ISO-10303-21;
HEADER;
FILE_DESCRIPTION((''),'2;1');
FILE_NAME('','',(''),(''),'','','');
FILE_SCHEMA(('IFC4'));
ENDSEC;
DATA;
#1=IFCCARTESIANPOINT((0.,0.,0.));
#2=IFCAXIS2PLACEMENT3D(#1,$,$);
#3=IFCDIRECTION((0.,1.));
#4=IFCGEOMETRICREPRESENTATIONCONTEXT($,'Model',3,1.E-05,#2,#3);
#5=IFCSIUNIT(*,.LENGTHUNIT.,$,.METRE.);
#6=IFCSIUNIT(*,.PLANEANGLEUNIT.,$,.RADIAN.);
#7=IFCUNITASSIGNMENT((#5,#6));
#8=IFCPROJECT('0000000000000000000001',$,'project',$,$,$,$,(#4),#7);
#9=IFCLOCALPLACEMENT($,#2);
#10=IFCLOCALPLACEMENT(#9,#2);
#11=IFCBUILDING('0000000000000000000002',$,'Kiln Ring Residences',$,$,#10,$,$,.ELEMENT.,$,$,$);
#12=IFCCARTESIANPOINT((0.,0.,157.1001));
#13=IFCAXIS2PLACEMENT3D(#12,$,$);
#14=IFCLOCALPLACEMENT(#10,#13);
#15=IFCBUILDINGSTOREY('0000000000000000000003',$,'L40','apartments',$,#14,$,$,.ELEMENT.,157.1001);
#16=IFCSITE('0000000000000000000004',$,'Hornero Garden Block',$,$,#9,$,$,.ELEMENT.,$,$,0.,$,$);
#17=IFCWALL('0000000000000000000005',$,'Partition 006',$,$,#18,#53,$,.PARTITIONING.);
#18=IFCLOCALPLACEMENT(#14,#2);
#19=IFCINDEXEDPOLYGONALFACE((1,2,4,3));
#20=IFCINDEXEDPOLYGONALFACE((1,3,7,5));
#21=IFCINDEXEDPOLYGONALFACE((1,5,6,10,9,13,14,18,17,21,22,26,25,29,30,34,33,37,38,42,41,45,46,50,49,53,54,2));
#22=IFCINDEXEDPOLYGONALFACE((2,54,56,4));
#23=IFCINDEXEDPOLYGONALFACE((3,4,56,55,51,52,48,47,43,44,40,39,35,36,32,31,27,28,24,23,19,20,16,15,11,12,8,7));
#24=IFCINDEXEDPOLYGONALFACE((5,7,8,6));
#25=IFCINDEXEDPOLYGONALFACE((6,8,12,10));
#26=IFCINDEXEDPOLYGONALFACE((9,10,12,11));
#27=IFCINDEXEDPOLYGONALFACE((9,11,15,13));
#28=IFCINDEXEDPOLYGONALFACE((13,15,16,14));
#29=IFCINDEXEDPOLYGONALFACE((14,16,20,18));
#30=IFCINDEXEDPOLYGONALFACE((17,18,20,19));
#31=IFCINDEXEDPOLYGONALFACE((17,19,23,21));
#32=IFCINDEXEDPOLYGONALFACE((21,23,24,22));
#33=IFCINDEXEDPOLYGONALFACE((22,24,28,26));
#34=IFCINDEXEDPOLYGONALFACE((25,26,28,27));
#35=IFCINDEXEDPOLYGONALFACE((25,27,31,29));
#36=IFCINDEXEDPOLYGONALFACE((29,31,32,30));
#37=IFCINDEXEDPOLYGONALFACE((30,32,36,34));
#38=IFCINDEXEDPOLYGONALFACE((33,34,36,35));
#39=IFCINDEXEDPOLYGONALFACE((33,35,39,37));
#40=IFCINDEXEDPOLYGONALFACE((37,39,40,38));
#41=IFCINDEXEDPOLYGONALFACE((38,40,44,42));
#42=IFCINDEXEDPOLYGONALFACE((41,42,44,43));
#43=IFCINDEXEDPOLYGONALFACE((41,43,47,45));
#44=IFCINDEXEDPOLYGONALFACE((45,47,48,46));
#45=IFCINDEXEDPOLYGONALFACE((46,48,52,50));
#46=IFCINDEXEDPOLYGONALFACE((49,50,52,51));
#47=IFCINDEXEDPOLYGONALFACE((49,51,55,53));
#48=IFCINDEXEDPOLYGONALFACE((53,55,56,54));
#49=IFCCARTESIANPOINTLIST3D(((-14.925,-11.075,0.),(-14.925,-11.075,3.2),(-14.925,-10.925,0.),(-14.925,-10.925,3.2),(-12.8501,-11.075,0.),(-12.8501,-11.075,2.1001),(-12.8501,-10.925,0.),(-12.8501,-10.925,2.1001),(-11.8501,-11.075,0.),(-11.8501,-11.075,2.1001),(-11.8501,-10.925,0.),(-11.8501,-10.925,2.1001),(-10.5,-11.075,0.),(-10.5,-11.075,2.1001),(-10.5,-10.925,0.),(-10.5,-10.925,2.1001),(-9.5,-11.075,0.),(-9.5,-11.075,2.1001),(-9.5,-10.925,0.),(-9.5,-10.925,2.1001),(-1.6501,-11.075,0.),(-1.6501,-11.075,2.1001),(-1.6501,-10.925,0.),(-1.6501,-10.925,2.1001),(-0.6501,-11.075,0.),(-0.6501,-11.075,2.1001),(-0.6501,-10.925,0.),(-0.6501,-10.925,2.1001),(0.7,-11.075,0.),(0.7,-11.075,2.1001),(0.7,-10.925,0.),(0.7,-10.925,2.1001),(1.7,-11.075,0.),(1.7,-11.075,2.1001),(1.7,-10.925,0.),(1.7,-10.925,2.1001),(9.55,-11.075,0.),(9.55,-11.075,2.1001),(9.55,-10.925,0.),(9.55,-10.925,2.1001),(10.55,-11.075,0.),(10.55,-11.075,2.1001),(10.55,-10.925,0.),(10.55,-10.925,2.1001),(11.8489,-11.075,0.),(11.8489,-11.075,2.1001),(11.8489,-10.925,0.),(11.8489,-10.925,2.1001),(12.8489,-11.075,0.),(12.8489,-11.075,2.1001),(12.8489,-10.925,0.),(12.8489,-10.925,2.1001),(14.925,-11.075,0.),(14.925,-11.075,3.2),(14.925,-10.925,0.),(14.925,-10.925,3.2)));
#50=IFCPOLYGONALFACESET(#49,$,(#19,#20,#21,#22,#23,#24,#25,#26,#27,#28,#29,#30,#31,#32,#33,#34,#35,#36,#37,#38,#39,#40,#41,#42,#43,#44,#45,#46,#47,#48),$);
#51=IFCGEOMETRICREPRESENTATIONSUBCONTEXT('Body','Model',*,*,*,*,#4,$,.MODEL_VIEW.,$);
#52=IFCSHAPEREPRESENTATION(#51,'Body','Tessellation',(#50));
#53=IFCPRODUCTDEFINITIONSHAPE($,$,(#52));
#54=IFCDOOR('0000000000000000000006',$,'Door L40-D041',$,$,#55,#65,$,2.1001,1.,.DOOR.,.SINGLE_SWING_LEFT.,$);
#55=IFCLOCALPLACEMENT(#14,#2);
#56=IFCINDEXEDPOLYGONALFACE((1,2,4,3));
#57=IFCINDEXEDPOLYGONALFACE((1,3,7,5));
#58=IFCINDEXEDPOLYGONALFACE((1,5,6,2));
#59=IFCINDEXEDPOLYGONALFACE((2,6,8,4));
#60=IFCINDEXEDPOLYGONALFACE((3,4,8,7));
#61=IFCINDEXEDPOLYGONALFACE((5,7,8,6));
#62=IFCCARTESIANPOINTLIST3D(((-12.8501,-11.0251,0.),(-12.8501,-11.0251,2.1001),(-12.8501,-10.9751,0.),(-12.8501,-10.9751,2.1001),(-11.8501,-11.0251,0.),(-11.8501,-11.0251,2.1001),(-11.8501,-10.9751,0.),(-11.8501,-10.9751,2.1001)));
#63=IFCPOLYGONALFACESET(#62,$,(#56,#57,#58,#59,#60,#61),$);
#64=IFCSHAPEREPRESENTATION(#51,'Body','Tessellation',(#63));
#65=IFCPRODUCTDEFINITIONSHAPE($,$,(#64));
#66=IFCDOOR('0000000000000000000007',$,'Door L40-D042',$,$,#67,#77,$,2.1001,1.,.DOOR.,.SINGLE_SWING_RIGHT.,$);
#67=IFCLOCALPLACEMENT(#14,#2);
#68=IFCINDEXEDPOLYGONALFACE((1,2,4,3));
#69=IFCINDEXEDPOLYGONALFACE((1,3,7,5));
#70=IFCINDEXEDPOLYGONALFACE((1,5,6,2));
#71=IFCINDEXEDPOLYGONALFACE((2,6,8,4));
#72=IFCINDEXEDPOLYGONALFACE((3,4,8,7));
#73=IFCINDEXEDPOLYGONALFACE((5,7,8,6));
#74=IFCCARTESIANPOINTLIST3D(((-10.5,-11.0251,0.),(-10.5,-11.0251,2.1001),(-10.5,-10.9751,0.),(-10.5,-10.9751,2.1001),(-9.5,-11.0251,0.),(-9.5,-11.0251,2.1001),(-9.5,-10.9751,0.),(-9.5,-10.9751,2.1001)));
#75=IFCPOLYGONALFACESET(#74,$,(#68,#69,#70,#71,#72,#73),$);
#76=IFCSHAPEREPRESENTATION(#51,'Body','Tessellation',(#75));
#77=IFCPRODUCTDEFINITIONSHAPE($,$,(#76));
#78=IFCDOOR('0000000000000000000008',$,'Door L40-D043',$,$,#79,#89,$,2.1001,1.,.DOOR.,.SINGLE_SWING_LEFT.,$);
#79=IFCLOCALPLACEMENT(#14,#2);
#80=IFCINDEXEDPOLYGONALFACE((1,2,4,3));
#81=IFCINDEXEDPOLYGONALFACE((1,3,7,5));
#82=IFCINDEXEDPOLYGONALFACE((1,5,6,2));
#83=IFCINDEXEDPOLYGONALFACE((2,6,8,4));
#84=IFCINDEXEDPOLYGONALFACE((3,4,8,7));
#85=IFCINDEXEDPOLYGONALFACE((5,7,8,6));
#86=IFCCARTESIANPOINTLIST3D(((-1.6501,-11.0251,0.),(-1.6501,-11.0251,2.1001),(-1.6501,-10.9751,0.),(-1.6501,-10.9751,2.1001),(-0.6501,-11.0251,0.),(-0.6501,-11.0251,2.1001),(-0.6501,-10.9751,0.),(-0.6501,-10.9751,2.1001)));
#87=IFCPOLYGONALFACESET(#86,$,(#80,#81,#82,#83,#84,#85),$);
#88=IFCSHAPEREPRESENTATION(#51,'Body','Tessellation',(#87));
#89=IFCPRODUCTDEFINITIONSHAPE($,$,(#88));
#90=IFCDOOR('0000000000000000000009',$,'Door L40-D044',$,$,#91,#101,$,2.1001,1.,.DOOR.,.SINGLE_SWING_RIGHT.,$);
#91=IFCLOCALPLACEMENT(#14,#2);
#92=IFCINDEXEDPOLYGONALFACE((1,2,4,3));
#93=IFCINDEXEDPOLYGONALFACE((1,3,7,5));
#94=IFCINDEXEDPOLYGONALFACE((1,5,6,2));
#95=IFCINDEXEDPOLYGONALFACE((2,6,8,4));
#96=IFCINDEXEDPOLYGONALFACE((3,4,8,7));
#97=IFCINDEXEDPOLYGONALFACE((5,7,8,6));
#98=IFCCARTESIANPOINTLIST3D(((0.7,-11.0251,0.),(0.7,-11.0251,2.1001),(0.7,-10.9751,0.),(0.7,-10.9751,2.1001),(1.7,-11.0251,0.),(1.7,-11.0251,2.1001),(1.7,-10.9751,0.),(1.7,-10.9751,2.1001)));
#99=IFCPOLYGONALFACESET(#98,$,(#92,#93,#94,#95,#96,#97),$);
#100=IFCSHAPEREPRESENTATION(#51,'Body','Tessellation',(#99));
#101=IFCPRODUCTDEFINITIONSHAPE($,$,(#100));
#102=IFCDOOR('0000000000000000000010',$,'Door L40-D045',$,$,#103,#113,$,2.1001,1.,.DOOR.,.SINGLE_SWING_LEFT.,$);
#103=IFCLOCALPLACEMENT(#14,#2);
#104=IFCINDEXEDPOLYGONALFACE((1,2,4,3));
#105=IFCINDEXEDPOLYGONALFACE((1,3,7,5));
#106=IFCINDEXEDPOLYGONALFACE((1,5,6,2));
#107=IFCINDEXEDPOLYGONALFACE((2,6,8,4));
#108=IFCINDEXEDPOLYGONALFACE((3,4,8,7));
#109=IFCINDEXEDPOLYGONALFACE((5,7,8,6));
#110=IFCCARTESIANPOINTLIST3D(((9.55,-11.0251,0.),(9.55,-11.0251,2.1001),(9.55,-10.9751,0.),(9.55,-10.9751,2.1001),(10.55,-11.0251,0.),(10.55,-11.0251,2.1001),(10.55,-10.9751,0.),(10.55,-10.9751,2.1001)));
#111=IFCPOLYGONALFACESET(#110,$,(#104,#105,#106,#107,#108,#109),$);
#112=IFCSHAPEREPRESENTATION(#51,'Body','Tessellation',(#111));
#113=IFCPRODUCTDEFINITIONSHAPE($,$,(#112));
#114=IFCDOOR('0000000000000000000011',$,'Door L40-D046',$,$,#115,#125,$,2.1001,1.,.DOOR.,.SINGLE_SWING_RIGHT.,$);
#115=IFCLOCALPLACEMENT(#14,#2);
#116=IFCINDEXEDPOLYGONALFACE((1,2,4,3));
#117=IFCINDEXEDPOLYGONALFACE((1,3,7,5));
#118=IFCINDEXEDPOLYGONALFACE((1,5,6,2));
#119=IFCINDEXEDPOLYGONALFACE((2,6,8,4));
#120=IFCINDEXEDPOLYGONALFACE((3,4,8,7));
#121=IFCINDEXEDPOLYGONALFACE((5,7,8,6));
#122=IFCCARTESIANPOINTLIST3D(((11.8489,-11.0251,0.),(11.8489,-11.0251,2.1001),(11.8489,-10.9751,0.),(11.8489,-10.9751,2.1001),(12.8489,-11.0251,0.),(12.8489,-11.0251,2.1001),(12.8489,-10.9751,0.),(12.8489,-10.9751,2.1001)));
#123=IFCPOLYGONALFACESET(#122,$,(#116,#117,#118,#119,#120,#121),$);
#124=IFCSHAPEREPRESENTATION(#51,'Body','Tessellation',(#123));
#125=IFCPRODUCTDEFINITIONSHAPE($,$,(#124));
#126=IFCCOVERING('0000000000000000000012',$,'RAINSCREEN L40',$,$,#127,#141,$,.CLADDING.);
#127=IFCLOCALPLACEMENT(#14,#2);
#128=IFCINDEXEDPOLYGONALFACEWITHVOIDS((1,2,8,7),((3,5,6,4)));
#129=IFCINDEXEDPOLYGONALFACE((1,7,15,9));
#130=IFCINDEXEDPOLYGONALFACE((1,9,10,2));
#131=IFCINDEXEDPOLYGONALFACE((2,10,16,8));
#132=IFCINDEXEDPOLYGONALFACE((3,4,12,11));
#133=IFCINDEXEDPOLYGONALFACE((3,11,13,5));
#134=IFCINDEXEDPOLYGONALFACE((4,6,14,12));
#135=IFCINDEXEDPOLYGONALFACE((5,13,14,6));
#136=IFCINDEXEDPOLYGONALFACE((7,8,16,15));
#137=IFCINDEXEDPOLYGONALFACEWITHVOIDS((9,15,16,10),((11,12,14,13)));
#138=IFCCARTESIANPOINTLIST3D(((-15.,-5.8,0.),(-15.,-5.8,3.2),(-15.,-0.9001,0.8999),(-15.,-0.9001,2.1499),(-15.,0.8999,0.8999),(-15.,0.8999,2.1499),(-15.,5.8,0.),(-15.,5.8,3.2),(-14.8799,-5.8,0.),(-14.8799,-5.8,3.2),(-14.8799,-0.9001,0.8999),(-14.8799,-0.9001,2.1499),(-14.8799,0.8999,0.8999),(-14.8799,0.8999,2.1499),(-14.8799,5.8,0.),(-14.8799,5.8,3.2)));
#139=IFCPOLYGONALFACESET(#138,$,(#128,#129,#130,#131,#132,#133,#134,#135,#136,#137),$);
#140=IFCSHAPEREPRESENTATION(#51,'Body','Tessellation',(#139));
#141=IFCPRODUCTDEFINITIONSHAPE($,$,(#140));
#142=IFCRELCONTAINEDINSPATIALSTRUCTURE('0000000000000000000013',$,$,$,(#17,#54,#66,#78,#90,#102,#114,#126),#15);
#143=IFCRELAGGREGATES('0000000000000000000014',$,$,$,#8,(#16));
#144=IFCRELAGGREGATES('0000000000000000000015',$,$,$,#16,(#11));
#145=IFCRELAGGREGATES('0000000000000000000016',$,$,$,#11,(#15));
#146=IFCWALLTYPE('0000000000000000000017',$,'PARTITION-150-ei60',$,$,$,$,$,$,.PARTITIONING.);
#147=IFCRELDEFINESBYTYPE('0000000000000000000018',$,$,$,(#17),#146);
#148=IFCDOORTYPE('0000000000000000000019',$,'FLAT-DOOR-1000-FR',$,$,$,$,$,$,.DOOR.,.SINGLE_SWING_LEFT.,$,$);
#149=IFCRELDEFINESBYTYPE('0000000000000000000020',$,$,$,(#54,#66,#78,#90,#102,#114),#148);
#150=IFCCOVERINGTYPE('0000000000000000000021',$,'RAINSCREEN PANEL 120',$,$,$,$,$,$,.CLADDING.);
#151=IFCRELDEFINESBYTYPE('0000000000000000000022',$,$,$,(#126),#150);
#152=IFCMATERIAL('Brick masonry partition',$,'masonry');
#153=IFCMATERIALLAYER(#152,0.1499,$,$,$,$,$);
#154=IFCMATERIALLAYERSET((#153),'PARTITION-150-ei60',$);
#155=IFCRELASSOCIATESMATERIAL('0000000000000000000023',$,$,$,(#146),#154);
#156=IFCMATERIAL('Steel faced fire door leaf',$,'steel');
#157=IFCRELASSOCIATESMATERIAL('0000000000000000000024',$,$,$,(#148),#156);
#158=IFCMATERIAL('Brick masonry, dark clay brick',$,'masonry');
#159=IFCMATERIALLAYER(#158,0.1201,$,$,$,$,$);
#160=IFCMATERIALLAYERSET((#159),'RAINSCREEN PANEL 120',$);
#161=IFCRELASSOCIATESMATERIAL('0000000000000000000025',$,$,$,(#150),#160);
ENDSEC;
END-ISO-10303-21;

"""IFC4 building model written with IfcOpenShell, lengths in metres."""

from ifc_helpers import new_model, si_unit, direction, frame, frame_2d, origin, place, context, subcontext, project, spatial, polyline, rectangle, outline, extrude, material, layer, layer_set, type_object, element, fill, save


model = new_model("IFC4")

# Units and contexts
model_context = context("Model", 3, precision=1e-05, world=origin(), true_north=direction((0.0, 1.0)))
body_context = subcontext(model_context, "Body", "Model", "MODEL_VIEW")
ifc_project = project(units=[si_unit("LENGTHUNIT", "METRE"), si_unit("PLANEANGLEUNIT", "RADIAN")], contexts=[model_context])

# Site, building, storey
site_placement = place(None, origin())
site = spatial("IfcSite", under=ifc_project, at=site_placement, Name="Hornero Garden Block", CompositionType="ELEMENT", RefElevation=0.0)
building_placement = place(site_placement, origin())
building = spatial("IfcBuilding", under=site, at=building_placement, Name="Kiln Ring Residences", CompositionType="ELEMENT")
storey_placement = place(building_placement, frame((0.0, 0.0, 157.1001)))
storey = spatial("IfcBuildingStorey", under=building, at=storey_placement, Name="L40", Description="apartments", CompositionType="ELEMENT", Elevation=157.1001)

# Wall, openings, doors
ifc_material_1 = material(Name="Brick masonry partition", Category="masonry")
ifc_layer_1 = layer(ifc_material_1, 0.1499)
ifc_layer_set_1 = layer_set([ifc_layer_1], Name="PARTITION-150-ei60")
wall_type_1 = type_object("IfcWallType", Name="PARTITION-150-ei60", PredefinedType="PARTITIONING", material=ifc_layer_set_1)
wall_1_placement = place(storey_placement, frame((-14.925, -11.0, 0.0), z_axis=(0.0, 0.0, 1.0), x_axis=(1.0, 0.0, 0.0)))
wall_1 = element("IfcWall", 1, at=wall_1_placement, inside=storey, type_object=wall_type_1, Name="Partition 006", PredefinedType="PARTITIONING", context=body_context, shape_type="SweptSolid", body=[
    extrude(rectangle(XDim=29.8501, YDim=0.1499, at=frame_2d((14.925, 0.0))), origin(), (0.0, 0.0, 1.0), 3.2),
])
opening_1_placement = place(wall_1_placement, frame((2.075, 0.0, 0.0)))
opening_1 = element("IfcOpeningElement", 2, at=opening_1_placement, cuts=wall_1, PredefinedType="OPENING", context=body_context, shape_type="SweptSolid", body=[
    extrude(rectangle(XDim=1.0, YDim=2.1001, at=frame_2d((0.5, 1.05))), frame((0.0, 0.085, 0.0), z_axis=(0.0, -1.0, 0.0), x_axis=(1.0, 0.0, 0.0)), (0.0, 0.0, 1.0), 0.1699),
])
opening_2_placement = place(wall_1_placement, frame((4.425, 0.0, 0.0)))
opening_2 = element("IfcOpeningElement", 3, at=opening_2_placement, cuts=wall_1, PredefinedType="OPENING", context=body_context, shape_type="SweptSolid", body=[
    extrude(rectangle(XDim=1.0, YDim=2.1001, at=frame_2d((0.5, 1.05))), frame((0.0, 0.085, 0.0), z_axis=(0.0, -1.0, 0.0), x_axis=(1.0, 0.0, 0.0)), (0.0, 0.0, 1.0), 0.1699),
])
opening_3_placement = place(wall_1_placement, frame((13.2749, 0.0, 0.0)))
opening_3 = element("IfcOpeningElement", 4, at=opening_3_placement, cuts=wall_1, PredefinedType="OPENING", context=body_context, shape_type="SweptSolid", body=[
    extrude(rectangle(XDim=1.0, YDim=2.1001, at=frame_2d((0.5, 1.05))), frame((0.0, 0.085, 0.0), z_axis=(0.0, -1.0, 0.0), x_axis=(1.0, 0.0, 0.0)), (0.0, 0.0, 1.0), 0.1699),
])
opening_4_placement = place(wall_1_placement, frame((15.625, 0.0, 0.0)))
opening_4 = element("IfcOpeningElement", 5, at=opening_4_placement, cuts=wall_1, PredefinedType="OPENING", context=body_context, shape_type="SweptSolid", body=[
    extrude(rectangle(XDim=1.0, YDim=2.1001, at=frame_2d((0.5, 1.05))), frame((0.0, 0.085, 0.0), z_axis=(0.0, -1.0, 0.0), x_axis=(1.0, 0.0, 0.0)), (0.0, 0.0, 1.0), 0.1699),
])
opening_5_placement = place(wall_1_placement, frame((24.4751, 0.0, 0.0)))
opening_5 = element("IfcOpeningElement", 6, at=opening_5_placement, cuts=wall_1, PredefinedType="OPENING", context=body_context, shape_type="SweptSolid", body=[
    extrude(rectangle(XDim=1.0, YDim=2.1001, at=frame_2d((0.5, 1.05))), frame((0.0, 0.085, 0.0), z_axis=(0.0, -1.0, 0.0), x_axis=(1.0, 0.0, 0.0)), (0.0, 0.0, 1.0), 0.1699),
])
opening_6_placement = place(wall_1_placement, frame((26.7739, 0.0, 0.0)))
opening_6 = element("IfcOpeningElement", 7, at=opening_6_placement, cuts=wall_1, PredefinedType="OPENING", context=body_context, shape_type="SweptSolid", body=[
    extrude(rectangle(XDim=1.0, YDim=2.1001, at=frame_2d((0.5, 1.05))), frame((0.0, 0.085, 0.0), z_axis=(0.0, -1.0, 0.0), x_axis=(1.0, 0.0, 0.0)), (0.0, 0.0, 1.0), 0.1699),
])
ifc_material_2 = material(Name="Steel faced fire door leaf", Category="steel")
door_type_1 = type_object("IfcDoorType", Name="FLAT-DOOR-1000-FR", OperationType="SINGLE_SWING_LEFT", PredefinedType="DOOR", material=ifc_material_2)
door_1_placement = place(opening_1_placement, origin())
door_1 = element("IfcDoor", 8, at=door_1_placement, inside=storey, type_object=door_type_1, Name="Door L40-D041", OperationType="SINGLE_SWING_LEFT", OverallHeight=2.1001, OverallWidth=1.0, PredefinedType="DOOR", context=body_context, shape_type="SweptSolid", body=[
    extrude(rectangle(XDim=1.0, YDim=2.1001, at=frame_2d((0.5, 1.05))), frame((0.0, 0.0249, 0.0), z_axis=(0.0, -1.0, 0.0), x_axis=(1.0, 0.0, 0.0)), (0.0, 0.0, 1.0), 0.05),
])
fill(opening_1, door_1)
door_2_placement = place(opening_2_placement, origin())
door_2 = element("IfcDoor", 9, at=door_2_placement, inside=storey, type_object=door_type_1, Name="Door L40-D042", OperationType="SINGLE_SWING_RIGHT", OverallHeight=2.1001, OverallWidth=1.0, PredefinedType="DOOR", context=body_context, shape_type="SweptSolid", body=[
    extrude(rectangle(XDim=1.0, YDim=2.1001, at=frame_2d((0.5, 1.05))), frame((0.0, 0.0249, 0.0), z_axis=(0.0, -1.0, 0.0), x_axis=(1.0, 0.0, 0.0)), (0.0, 0.0, 1.0), 0.05),
])
fill(opening_2, door_2)
door_3_placement = place(opening_3_placement, origin())
door_3 = element("IfcDoor", 10, at=door_3_placement, inside=storey, type_object=door_type_1, Name="Door L40-D043", OperationType="SINGLE_SWING_LEFT", OverallHeight=2.1001, OverallWidth=1.0, PredefinedType="DOOR", context=body_context, shape_type="SweptSolid", body=[
    extrude(rectangle(XDim=1.0, YDim=2.1001, at=frame_2d((0.5, 1.05))), frame((0.0, 0.0249, 0.0), z_axis=(0.0, -1.0, 0.0), x_axis=(1.0, 0.0, 0.0)), (0.0, 0.0, 1.0), 0.05),
])
fill(opening_3, door_3)
door_4_placement = place(opening_4_placement, origin())
door_4 = element("IfcDoor", 11, at=door_4_placement, inside=storey, type_object=door_type_1, Name="Door L40-D044", OperationType="SINGLE_SWING_RIGHT", OverallHeight=2.1001, OverallWidth=1.0, PredefinedType="DOOR", context=body_context, shape_type="SweptSolid", body=[
    extrude(rectangle(XDim=1.0, YDim=2.1001, at=frame_2d((0.5, 1.05))), frame((0.0, 0.0249, 0.0), z_axis=(0.0, -1.0, 0.0), x_axis=(1.0, 0.0, 0.0)), (0.0, 0.0, 1.0), 0.05),
])
fill(opening_4, door_4)
door_5_placement = place(opening_5_placement, origin())
door_5 = element("IfcDoor", 12, at=door_5_placement, inside=storey, type_object=door_type_1, Name="Door L40-D045", OperationType="SINGLE_SWING_LEFT", OverallHeight=2.1001, OverallWidth=1.0, PredefinedType="DOOR", context=body_context, shape_type="SweptSolid", body=[
    extrude(rectangle(XDim=1.0, YDim=2.1001, at=frame_2d((0.5, 1.05))), frame((0.0, 0.0249, 0.0), z_axis=(0.0, -1.0, 0.0), x_axis=(1.0, 0.0, 0.0)), (0.0, 0.0, 1.0), 0.05),
])
fill(opening_5, door_5)
door_6_placement = place(opening_6_placement, origin())
door_6 = element("IfcDoor", 13, at=door_6_placement, inside=storey, type_object=door_type_1, Name="Door L40-D046", OperationType="SINGLE_SWING_RIGHT", OverallHeight=2.1001, OverallWidth=1.0, PredefinedType="DOOR", context=body_context, shape_type="SweptSolid", body=[
    extrude(rectangle(XDim=1.0, YDim=2.1001, at=frame_2d((0.5, 1.05))), frame((0.0, 0.0249, 0.0), z_axis=(0.0, -1.0, 0.0), x_axis=(1.0, 0.0, 0.0)), (0.0, 0.0, 1.0), 0.05),
])
fill(opening_6, door_6)

# Covering
ifc_material_3 = material(Name="Brick masonry, dark clay brick", Category="masonry")
ifc_layer_2 = layer(ifc_material_3, 0.1201)
ifc_layer_set_2 = layer_set([ifc_layer_2], Name="RAINSCREEN PANEL 120")
covering_type = type_object("IfcCoveringType", Name="RAINSCREEN PANEL 120", PredefinedType="CLADDING", material=ifc_layer_set_2)
covering_placement = place(storey_placement, frame((-14.9399, -5.8, 0.0), z_axis=(0.0, 0.0, 1.0), x_axis=(0.0, 1.0, 0.0)))
element("IfcCovering", 14, at=covering_placement, inside=storey, type_object=covering_type, Name="RAINSCREEN L40", PredefinedType="CLADDING", context=body_context, shape_type="SweptSolid", body=[
    extrude(outline(polyline([(0.0, 0.0), (11.6001, 0.0), (11.6001, 3.2), (0.0, 3.2), (0.0, 0.0)]), holes=[polyline([(4.8999, 2.1499), (4.8999, 0.8999), (6.7, 0.8999), (6.7, 2.1499), (4.8999, 2.1499)])]), frame((0.0, 0.0601, 0.0), z_axis=(0.0, -1.0, 0.0), x_axis=(1.0, 0.0, 0.0)), (0.0, 0.0, 1.0), 0.1201),
])

save(model, "model.ifc")
